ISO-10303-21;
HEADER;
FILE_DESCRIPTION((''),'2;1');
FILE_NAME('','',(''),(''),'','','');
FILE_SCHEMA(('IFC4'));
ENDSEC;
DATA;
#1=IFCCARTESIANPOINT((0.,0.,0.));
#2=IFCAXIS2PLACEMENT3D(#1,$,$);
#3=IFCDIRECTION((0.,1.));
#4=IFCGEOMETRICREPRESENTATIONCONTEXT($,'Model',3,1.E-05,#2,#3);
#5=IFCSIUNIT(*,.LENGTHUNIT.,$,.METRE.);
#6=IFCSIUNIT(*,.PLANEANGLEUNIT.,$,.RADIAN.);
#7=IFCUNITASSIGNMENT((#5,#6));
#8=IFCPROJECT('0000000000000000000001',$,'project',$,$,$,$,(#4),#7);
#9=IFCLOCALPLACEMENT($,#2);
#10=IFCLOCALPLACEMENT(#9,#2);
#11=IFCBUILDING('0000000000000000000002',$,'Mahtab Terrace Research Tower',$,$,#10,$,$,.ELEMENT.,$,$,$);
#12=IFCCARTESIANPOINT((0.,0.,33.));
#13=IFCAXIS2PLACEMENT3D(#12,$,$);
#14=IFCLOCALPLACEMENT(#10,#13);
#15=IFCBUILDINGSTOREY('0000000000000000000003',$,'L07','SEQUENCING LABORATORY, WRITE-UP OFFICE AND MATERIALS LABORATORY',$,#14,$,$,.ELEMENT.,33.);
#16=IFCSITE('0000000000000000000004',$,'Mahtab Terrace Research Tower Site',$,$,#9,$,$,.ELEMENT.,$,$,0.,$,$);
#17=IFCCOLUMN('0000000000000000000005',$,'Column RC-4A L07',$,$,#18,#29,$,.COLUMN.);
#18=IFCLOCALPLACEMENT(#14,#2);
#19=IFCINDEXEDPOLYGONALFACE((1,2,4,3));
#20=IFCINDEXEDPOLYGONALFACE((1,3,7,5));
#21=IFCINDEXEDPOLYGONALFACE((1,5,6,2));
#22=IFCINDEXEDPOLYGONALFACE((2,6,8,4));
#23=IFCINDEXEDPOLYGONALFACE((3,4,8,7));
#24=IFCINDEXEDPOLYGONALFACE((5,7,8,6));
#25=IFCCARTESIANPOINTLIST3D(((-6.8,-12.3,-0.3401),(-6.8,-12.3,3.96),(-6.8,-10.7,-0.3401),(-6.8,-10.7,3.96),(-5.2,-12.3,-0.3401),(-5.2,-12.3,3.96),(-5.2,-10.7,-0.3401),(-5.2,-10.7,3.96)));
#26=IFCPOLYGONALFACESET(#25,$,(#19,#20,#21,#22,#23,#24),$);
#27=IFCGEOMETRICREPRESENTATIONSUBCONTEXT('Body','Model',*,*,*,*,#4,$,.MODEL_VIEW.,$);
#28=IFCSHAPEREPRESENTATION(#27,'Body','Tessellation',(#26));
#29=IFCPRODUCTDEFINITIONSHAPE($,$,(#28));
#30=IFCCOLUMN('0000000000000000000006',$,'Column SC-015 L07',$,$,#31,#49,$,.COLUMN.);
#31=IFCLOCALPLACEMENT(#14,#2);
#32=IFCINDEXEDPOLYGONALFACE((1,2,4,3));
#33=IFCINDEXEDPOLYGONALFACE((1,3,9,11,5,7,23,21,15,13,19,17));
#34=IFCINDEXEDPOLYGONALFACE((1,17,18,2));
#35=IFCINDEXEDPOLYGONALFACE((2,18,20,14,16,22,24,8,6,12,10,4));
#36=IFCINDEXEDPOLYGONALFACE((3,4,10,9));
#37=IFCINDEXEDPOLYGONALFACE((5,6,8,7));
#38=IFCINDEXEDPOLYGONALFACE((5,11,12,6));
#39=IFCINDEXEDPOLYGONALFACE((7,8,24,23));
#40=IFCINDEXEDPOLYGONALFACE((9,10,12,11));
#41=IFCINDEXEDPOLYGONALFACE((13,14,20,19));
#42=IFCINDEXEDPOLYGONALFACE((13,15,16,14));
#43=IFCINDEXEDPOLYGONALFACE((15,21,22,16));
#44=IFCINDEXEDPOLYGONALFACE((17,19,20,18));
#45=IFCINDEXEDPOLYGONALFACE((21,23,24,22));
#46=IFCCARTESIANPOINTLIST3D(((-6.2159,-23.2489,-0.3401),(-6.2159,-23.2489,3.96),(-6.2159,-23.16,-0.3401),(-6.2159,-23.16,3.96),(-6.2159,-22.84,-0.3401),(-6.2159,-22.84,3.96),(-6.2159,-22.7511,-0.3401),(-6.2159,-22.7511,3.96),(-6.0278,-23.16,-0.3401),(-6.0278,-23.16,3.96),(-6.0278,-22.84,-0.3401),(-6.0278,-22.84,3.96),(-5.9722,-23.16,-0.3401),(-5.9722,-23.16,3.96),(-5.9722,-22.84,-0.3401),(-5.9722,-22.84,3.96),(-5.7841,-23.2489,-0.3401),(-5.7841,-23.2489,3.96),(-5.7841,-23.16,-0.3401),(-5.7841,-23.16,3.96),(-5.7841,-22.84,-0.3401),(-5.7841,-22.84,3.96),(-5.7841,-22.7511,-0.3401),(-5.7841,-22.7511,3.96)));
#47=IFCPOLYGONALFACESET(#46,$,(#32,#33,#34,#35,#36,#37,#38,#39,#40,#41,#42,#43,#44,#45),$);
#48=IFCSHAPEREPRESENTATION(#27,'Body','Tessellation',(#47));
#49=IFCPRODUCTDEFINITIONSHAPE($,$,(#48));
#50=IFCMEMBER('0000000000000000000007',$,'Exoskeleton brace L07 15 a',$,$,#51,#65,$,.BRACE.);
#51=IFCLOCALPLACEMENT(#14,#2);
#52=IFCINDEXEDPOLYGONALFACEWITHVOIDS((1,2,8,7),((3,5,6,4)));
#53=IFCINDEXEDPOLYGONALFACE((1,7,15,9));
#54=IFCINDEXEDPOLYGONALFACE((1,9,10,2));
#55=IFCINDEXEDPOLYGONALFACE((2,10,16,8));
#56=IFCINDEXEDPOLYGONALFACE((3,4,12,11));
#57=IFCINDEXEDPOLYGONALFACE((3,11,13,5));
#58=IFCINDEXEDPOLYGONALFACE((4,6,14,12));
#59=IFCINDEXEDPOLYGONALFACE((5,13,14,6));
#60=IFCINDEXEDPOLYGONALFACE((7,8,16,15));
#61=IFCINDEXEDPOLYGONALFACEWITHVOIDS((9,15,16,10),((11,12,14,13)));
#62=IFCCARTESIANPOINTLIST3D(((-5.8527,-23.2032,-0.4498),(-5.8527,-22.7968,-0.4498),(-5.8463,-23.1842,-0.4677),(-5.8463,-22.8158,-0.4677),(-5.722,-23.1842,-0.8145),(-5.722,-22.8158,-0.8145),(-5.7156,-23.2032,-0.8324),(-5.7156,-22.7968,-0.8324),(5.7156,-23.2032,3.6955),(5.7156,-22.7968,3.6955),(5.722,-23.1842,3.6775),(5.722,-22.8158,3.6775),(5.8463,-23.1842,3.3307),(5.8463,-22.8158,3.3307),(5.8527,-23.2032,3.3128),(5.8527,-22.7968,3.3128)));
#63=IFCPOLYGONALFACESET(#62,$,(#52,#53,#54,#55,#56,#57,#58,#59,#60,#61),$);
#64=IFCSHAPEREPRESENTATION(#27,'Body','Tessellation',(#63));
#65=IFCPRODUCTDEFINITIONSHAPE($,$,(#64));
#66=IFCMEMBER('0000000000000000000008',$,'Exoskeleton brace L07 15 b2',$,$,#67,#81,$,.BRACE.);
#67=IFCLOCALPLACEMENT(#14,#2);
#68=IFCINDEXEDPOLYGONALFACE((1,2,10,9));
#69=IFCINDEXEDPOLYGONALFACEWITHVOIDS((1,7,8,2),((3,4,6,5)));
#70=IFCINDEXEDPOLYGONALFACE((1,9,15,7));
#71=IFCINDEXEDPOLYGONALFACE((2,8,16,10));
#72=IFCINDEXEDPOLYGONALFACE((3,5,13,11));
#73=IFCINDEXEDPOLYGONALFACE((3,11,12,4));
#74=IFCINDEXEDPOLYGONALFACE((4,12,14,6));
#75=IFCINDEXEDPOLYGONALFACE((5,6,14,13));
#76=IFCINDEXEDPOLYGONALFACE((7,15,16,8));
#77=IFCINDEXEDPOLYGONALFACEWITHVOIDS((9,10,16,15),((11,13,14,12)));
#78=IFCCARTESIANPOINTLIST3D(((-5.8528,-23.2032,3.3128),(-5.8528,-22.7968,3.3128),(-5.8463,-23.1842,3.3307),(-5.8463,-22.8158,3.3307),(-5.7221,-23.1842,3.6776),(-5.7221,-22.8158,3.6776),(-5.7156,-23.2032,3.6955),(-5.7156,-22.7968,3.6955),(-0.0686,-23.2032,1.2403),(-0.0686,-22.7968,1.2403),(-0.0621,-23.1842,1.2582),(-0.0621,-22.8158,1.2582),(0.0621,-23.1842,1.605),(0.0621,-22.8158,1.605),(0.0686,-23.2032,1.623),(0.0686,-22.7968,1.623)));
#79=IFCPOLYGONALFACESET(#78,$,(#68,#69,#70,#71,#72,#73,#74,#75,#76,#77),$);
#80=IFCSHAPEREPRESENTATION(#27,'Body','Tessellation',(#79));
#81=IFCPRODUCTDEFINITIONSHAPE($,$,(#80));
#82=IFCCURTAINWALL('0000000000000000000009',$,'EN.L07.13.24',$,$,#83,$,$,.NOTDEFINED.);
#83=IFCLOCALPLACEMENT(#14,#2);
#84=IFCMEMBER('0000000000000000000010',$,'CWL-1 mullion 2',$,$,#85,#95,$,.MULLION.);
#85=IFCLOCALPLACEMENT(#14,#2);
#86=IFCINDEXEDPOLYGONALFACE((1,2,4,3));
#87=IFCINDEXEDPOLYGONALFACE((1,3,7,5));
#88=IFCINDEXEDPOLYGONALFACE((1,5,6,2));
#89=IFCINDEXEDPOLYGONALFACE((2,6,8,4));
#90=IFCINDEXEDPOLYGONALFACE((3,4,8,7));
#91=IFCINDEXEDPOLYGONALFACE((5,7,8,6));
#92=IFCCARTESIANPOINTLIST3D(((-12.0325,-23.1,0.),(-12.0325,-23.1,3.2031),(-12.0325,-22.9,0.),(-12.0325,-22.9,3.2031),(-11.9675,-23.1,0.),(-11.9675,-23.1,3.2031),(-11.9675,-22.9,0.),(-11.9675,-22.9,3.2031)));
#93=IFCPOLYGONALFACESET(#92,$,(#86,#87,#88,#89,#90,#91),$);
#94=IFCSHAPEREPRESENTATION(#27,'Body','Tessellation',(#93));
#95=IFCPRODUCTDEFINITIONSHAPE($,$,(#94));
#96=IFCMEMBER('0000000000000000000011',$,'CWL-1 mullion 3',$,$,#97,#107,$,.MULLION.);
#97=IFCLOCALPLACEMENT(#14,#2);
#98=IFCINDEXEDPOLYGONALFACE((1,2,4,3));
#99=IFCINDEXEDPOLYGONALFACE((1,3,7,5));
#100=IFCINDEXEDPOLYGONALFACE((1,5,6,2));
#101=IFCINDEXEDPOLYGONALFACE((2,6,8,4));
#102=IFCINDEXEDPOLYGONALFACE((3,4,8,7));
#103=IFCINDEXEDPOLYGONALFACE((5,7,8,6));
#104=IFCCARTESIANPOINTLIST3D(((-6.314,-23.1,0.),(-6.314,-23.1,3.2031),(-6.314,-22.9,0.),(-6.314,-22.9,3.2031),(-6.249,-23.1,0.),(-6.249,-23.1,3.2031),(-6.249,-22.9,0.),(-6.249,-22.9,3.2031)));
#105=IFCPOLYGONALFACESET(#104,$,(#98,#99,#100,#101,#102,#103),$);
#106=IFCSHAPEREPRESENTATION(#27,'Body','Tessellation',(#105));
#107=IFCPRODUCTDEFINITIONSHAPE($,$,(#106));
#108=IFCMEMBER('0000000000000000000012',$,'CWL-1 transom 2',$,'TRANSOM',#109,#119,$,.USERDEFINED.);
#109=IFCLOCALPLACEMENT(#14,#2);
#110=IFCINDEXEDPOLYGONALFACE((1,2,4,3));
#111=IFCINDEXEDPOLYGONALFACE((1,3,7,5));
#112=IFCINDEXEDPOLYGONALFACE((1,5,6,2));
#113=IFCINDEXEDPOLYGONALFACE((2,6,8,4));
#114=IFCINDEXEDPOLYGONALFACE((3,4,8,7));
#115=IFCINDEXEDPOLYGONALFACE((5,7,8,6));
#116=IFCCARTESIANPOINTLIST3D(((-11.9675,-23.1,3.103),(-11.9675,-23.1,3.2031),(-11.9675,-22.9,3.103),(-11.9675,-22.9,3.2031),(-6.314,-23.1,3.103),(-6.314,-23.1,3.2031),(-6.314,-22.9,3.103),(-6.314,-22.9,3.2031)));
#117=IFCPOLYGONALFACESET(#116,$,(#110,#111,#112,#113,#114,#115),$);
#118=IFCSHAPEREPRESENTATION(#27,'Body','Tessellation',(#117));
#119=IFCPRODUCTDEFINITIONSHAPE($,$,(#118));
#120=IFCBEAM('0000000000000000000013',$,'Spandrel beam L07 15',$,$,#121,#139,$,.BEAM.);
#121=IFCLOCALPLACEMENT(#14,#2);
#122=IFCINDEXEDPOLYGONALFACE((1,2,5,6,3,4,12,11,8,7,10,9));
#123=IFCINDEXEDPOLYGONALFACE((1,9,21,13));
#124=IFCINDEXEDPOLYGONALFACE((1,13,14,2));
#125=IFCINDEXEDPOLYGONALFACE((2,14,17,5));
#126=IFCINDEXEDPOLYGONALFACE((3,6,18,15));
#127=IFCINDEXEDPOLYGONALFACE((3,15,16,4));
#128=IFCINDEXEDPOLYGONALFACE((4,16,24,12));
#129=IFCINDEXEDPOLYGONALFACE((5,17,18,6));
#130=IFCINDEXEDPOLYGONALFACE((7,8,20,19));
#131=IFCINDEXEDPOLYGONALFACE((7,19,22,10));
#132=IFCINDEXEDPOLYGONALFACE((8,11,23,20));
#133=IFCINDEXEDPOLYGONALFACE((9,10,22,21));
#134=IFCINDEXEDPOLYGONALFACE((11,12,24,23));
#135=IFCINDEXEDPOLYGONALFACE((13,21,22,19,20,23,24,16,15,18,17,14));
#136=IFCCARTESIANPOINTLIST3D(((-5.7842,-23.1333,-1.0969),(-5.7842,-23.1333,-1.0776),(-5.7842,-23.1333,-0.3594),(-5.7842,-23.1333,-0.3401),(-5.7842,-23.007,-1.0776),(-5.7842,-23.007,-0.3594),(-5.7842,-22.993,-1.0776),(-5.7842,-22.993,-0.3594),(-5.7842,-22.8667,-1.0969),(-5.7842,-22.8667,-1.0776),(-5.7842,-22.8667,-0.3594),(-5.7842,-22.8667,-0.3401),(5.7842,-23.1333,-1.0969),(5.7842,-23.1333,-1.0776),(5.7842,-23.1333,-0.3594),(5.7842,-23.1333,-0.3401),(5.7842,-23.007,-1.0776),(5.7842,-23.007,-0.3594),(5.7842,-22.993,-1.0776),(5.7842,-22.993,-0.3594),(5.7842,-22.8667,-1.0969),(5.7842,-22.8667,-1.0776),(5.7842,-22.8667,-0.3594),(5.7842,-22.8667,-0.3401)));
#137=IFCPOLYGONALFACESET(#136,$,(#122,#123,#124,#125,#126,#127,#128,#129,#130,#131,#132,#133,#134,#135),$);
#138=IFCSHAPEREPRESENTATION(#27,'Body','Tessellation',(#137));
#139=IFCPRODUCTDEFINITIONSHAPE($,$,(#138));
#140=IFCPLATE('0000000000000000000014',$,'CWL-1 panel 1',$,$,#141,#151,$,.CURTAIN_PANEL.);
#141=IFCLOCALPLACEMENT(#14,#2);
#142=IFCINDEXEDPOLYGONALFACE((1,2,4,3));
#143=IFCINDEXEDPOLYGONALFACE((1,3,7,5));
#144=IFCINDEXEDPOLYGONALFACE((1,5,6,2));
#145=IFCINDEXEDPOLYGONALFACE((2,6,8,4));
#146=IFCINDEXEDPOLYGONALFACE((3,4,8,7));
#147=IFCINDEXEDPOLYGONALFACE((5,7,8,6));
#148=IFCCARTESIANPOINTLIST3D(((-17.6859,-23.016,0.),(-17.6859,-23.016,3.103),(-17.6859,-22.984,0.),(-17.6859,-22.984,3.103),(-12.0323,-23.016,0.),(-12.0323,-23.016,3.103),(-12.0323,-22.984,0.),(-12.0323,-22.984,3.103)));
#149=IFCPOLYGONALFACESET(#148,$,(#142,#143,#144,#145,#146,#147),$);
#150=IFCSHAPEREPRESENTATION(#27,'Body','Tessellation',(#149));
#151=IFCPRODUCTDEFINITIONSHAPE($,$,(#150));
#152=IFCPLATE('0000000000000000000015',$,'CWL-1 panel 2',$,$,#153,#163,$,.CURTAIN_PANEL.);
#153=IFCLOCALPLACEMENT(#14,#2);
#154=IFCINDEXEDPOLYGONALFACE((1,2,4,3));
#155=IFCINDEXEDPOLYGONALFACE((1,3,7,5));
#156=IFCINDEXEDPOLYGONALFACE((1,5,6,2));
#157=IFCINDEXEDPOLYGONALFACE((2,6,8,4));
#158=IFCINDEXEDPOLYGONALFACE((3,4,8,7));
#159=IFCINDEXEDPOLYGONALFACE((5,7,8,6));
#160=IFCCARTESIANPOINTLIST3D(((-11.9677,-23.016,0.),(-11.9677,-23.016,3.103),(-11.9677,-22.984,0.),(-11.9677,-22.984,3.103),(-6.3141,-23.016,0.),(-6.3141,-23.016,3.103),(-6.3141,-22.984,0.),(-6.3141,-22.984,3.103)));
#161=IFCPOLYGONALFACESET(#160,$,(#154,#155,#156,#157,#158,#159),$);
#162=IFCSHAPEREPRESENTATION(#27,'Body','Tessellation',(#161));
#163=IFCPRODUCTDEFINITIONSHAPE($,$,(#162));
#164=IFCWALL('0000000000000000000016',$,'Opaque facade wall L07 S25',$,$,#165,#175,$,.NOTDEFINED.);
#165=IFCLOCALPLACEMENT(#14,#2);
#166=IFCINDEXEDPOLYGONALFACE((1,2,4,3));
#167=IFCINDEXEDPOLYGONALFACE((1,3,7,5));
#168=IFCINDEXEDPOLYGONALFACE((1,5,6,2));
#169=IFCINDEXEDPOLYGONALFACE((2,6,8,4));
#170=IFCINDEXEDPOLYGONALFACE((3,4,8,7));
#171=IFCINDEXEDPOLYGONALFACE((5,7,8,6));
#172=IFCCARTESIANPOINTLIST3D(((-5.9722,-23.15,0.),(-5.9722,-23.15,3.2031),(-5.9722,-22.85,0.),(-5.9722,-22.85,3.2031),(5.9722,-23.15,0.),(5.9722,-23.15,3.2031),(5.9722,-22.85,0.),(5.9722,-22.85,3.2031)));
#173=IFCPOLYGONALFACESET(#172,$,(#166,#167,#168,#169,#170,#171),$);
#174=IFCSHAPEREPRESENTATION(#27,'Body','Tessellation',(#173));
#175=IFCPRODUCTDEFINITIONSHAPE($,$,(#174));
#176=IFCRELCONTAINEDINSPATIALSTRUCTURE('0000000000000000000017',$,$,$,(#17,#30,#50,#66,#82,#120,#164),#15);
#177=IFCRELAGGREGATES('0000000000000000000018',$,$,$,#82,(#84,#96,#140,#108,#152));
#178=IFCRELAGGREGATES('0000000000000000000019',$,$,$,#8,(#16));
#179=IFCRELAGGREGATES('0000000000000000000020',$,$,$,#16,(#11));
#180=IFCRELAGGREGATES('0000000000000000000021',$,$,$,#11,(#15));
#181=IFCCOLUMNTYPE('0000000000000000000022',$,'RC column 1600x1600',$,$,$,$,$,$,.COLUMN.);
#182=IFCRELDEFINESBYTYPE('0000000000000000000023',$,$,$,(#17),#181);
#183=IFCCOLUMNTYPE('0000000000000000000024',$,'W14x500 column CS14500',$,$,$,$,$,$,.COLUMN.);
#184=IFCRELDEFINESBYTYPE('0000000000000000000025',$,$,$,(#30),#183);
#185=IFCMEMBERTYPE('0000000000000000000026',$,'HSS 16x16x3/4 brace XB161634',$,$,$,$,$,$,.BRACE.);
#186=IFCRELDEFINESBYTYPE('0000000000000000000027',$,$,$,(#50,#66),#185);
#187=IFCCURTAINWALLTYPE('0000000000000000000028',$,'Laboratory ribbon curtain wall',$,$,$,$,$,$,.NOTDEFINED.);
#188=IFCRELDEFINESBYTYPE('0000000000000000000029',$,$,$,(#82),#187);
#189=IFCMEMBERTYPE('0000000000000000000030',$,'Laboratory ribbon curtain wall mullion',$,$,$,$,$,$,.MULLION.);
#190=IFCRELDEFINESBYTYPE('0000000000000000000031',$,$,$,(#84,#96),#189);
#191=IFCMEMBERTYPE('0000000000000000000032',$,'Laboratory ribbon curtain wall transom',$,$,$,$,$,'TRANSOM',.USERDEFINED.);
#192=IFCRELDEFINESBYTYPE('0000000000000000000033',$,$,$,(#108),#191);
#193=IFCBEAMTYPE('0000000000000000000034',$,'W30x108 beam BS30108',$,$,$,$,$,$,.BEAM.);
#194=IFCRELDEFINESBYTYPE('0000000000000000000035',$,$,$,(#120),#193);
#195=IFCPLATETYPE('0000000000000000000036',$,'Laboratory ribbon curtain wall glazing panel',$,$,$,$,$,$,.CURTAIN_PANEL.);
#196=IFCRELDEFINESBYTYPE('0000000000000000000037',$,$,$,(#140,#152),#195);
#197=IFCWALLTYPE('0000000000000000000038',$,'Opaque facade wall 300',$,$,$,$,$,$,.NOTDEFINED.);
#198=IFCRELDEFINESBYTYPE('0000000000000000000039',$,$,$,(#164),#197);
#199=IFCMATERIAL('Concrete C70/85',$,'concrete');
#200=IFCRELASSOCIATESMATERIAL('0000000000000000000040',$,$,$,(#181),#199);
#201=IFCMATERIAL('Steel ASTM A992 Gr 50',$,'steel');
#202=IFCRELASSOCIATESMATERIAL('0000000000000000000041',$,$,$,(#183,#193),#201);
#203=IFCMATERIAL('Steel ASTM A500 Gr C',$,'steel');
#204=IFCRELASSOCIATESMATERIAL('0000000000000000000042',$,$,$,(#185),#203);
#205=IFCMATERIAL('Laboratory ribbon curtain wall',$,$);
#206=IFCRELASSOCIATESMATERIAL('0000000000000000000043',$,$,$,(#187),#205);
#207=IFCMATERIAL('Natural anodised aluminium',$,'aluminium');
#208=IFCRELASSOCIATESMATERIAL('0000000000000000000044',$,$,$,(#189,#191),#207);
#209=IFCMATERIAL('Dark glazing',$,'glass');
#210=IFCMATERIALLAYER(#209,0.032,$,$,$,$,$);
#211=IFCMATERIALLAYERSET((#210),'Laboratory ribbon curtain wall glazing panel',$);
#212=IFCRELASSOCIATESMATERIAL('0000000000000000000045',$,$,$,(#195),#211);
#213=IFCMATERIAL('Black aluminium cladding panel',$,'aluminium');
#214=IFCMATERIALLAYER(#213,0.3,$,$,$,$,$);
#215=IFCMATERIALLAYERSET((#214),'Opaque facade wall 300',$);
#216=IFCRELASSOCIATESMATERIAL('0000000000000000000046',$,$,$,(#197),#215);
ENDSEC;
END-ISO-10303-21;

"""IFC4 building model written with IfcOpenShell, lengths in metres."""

from ifc_helpers import new_model, si_unit, direction, frame, frame_2d, origin, origin_2d, place, context, subcontext, project, spatial, rectangle, hollow_rectangle, i_section, extrude, material, layer, layer_set, material_profile, profile_set, type_object, element, aggregate, save


model = new_model("IFC4")

# Units and contexts
model_context = context("Model", 3, precision=1e-05, world=origin(), true_north=direction((0.0, 1.0)))
body_context = subcontext(model_context, "Body", "Model", "MODEL_VIEW")
ifc_project = project(units=[si_unit("LENGTHUNIT", "METRE"), si_unit("PLANEANGLEUNIT", "RADIAN")], contexts=[model_context])

# Site, building, storey
site_placement = place(None, origin())
site = spatial("IfcSite", under=ifc_project, at=site_placement, Name="Mahtab Terrace Research Tower Site", CompositionType="ELEMENT", RefElevation=0.0)
building_placement = place(site_placement, origin())
building = spatial("IfcBuilding", under=site, at=building_placement, Name="Mahtab Terrace Research Tower", CompositionType="ELEMENT")
storey_placement = place(building_placement, frame((0.0, 0.0, 33.0)))
storey = spatial("IfcBuildingStorey", under=building, at=storey_placement, Name="L07", Description="SEQUENCING LABORATORY, WRITE-UP OFFICE AND MATERIALS LABORATORY", CompositionType="ELEMENT", Elevation=33.0)

# Columns
ifc_material_1 = material(Name="Concrete C70/85", Category="concrete")
ifc_material_profile_1 = material_profile(ifc_material_1, rectangle(XDim=1.6001, YDim=1.6001, at=origin_2d()), Name="RC column 1600x1600")
ifc_profile_set_1 = profile_set([ifc_material_profile_1], Name="Concrete C70/85")
column_type_1 = type_object("IfcColumnType", Name="RC column 1600x1600", PredefinedType="COLUMN", material=ifc_profile_set_1)
column_1_placement = place(storey_placement, frame((-6.0, -11.5, -0.3401), z_axis=(0.0, 0.0, 1.0), x_axis=(1.0, 0.0, 0.0)))
element("IfcColumn", 1, at=column_1_placement, inside=storey, type_object=column_type_1, Name="Column RC-4A L07", PredefinedType="COLUMN", context=body_context, shape_type="SweptSolid", body=[
    extrude(rectangle(XDim=1.6001, YDim=1.6001, at=origin_2d()), origin(), (0.0, 0.0, 1.0), 4.3),
])
ifc_material_2 = material(Name="Steel ASTM A992 Gr 50", Category="steel")
ifc_material_profile_2 = material_profile(ifc_material_2, i_section(OverallWidth=0.4319, OverallDepth=0.4978, WebThickness=0.0557, FlangeThickness=0.0889, at=origin_2d()), Name="W14X500")
ifc_profile_set_2 = profile_set([ifc_material_profile_2], Name="Steel ASTM A992 Gr 50")
column_type_2 = type_object("IfcColumnType", Name="W14x500 column CS14500", PredefinedType="COLUMN", material=ifc_profile_set_2)
column_2_placement = place(storey_placement, frame((-6.0, -23.0, -0.3401), z_axis=(0.0, 0.0, 1.0), x_axis=(1.0, 0.0, 0.0)))
element("IfcColumn", 2, at=column_2_placement, inside=storey, type_object=column_type_2, Name="Column SC-015 L07", PredefinedType="COLUMN", context=body_context, shape_type="SweptSolid", body=[
    extrude(i_section(OverallWidth=0.4319, OverallDepth=0.4978, WebThickness=0.0557, FlangeThickness=0.0889, at=origin_2d()), origin(), (0.0, 0.0, 1.0), 4.3),
])

# Members
ifc_material_3 = material(Name="Steel ASTM A500 Gr C", Category="steel")
ifc_material_profile_3 = material_profile(ifc_material_3, hollow_rectangle(XDim=0.4065, YDim=0.4065, WallThickness=0.019, at=origin_2d()), Name="HSS16X16X3/4")
ifc_profile_set_3 = profile_set([ifc_material_profile_3], Name="Steel ASTM A500 Gr C")
member_type_1 = type_object("IfcMemberType", Name="HSS 16x16x3/4 brace XB161634", PredefinedType="BRACE", material=ifc_profile_set_3)
member_1_placement = place(storey_placement, frame((-5.7842, -23.0, -0.6411), z_axis=(0.941388, 0.0, 0.337325), x_axis=(0.0, 1.0, 0.0)))
element("IfcMember", 3, at=member_1_placement, inside=storey, type_object=member_type_1, Name="Exoskeleton brace L07 15 a", PredefinedType="BRACE", context=body_context, shape_type="SweptSolid", body=[
    extrude(hollow_rectangle(XDim=0.4065, YDim=0.4065, WallThickness=0.019, at=origin_2d()), origin(), (0.0, 0.0, 1.0), 12.2886),
])
member_2_placement = place(storey_placement, frame((0.0, -23.0, 1.4316), z_axis=(-0.941394, 0.0, 0.337308), x_axis=(0.0, -1.0, 0.0)))
element("IfcMember", 4, at=member_2_placement, inside=storey, type_object=member_type_1, Name="Exoskeleton brace L07 15 b2", PredefinedType="BRACE", context=body_context, shape_type="SweptSolid", body=[
    extrude(hollow_rectangle(XDim=0.4065, YDim=0.4065, WallThickness=0.019, at=origin_2d()), origin(), (0.0, 0.0, 1.0), 6.1443),
])

# Curtain wall, members
ifc_material_4 = material(Name="Laboratory ribbon curtain wall")
curtain_wall_type = type_object("IfcCurtainWallType", Name="Laboratory ribbon curtain wall", PredefinedType="NOTDEFINED", material=ifc_material_4)
curtain_wall_placement = place(storey_placement, origin())
curtain_wall = element("IfcCurtainWall", 5, at=curtain_wall_placement, inside=storey, type_object=curtain_wall_type, Name="EN.L07.13.24", PredefinedType="NOTDEFINED")
ifc_material_5 = material(Name="Natural anodised aluminium", Category="aluminium")
ifc_material_profile_4 = material_profile(ifc_material_5, rectangle(XDim=0.2, YDim=0.0649, at=origin_2d()), Name="MULLION 65x200")
ifc_profile_set_4 = profile_set([ifc_material_profile_4], Name="Natural anodised aluminium")
member_type_2 = type_object("IfcMemberType", Name="Laboratory ribbon curtain wall mullion", PredefinedType="MULLION", material=ifc_profile_set_4)
member_3_placement = place(storey_placement, frame((-12.0, -23.0, 0.0), z_axis=(0.0, 0.0, 1.0), x_axis=(0.0, 1.0, 0.0)))
member_3 = element("IfcMember", 6, at=member_3_placement, type_object=member_type_2, Name="CWL-1 mullion 2", PredefinedType="MULLION", context=body_context, shape_type="SweptSolid", body=[
    extrude(rectangle(XDim=0.2, YDim=0.0649, at=origin_2d()), origin(), (0.0, 0.0, 1.0), 3.2031),
])
member_4_placement = place(storey_placement, frame((-6.2815, -23.0, 0.0), z_axis=(0.0, 0.0, 1.0), x_axis=(0.0, 1.0, 0.0)))
member_4 = element("IfcMember", 7, at=member_4_placement, type_object=member_type_2, Name="CWL-1 mullion 3", PredefinedType="MULLION", context=body_context, shape_type="SweptSolid", body=[
    extrude(rectangle(XDim=0.2, YDim=0.0649, at=origin_2d()), origin(), (0.0, 0.0, 1.0), 3.2031),
])
ifc_material_profile_5 = material_profile(ifc_material_5, rectangle(XDim=0.2, YDim=0.1001, at=origin_2d()), Name="TRANSOM 100x200")
ifc_profile_set_5 = profile_set([ifc_material_profile_5], Name="Natural anodised aluminium")
member_type_3 = type_object("IfcMemberType", Name="Laboratory ribbon curtain wall transom", ElementType="TRANSOM", PredefinedType="USERDEFINED", material=ifc_profile_set_5)
member_5_placement = place(storey_placement, frame((-11.9675, -23.0, 3.1531), z_axis=(1.0, 0.0, 0.0), x_axis=(0.0, 1.0, 0.0)))
member_5 = element("IfcMember", 8, at=member_5_placement, type_object=member_type_3, Name="CWL-1 transom 2", ObjectType="TRANSOM", PredefinedType="USERDEFINED", context=body_context, shape_type="SweptSolid", body=[
    extrude(rectangle(XDim=0.2, YDim=0.1001, at=origin_2d()), origin(), (0.0, 0.0, 1.0), 5.6536),
])

# Beam
ifc_material_profile_6 = material_profile(ifc_material_2, i_section(OverallWidth=0.2666, OverallDepth=0.7568, WebThickness=0.0139, FlangeThickness=0.0193, at=origin_2d()), Name="W30X108")
ifc_profile_set_6 = profile_set([ifc_material_profile_6], Name="Steel ASTM A992 Gr 50")
beam_type = type_object("IfcBeamType", Name="W30x108 beam BS30108", PredefinedType="BEAM", material=ifc_profile_set_6)
beam_placement = place(storey_placement, frame((-5.7842, -23.0, -0.7185), z_axis=(1.0, 0.0, 0.0), x_axis=(0.0, 1.0, 0.0)))
element("IfcBeam", 9, at=beam_placement, inside=storey, type_object=beam_type, Name="Spandrel beam L07 15", PredefinedType="BEAM", context=body_context, shape_type="SweptSolid", body=[
    extrude(i_section(OverallWidth=0.2666, OverallDepth=0.7568, WebThickness=0.0139, FlangeThickness=0.0193, at=origin_2d()), origin(), (0.0, 0.0, 1.0), 11.5684),
])

# Plates
ifc_material_6 = material(Name="Dark glazing", Category="glass")
ifc_layer_1 = layer(ifc_material_6, 0.032)
ifc_layer_set_1 = layer_set([ifc_layer_1], Name="Laboratory ribbon curtain wall glazing panel")
plate_type = type_object("IfcPlateType", Name="Laboratory ribbon curtain wall glazing panel", PredefinedType="CURTAIN_PANEL", material=ifc_layer_set_1)
plate_1_placement = place(storey_placement, frame((-14.8591, -23.0, 0.0), z_axis=(0.0, 0.0, 1.0), x_axis=(1.0, 0.0, 0.0)))
plate_1 = element("IfcPlate", 10, at=plate_1_placement, type_object=plate_type, Name="CWL-1 panel 1", PredefinedType="CURTAIN_PANEL", context=body_context, shape_type="SweptSolid", body=[
    extrude(rectangle(XDim=5.6536, YDim=0.032, at=origin_2d()), origin(), (0.0, 0.0, 1.0), 3.103),
])
plate_2_placement = place(storey_placement, frame((-9.1409, -23.0, 0.0), z_axis=(0.0, 0.0, 1.0), x_axis=(1.0, 0.0, 0.0)))
plate_2 = element("IfcPlate", 11, at=plate_2_placement, type_object=plate_type, Name="CWL-1 panel 2", PredefinedType="CURTAIN_PANEL", context=body_context, shape_type="SweptSolid", body=[
    extrude(rectangle(XDim=5.6536, YDim=0.032, at=origin_2d()), origin(), (0.0, 0.0, 1.0), 3.103),
])
aggregate(curtain_wall, [member_3, member_4, plate_1, member_5, plate_2])

# Wall
ifc_material_7 = material(Name="Black aluminium cladding panel", Category="aluminium")
ifc_layer_2 = layer(ifc_material_7, 0.3)
ifc_layer_set_2 = layer_set([ifc_layer_2], Name="Opaque facade wall 300")
wall_type_1 = type_object("IfcWallType", Name="Opaque facade wall 300", PredefinedType="NOTDEFINED", material=ifc_layer_set_2)
wall_1_placement = place(storey_placement, frame((-5.9722, -23.0, 0.0), z_axis=(0.0, 0.0, 1.0), x_axis=(1.0, 0.0, 0.0)))
element("IfcWall", 12, at=wall_1_placement, inside=storey, type_object=wall_type_1, Name="Opaque facade wall L07 S25", PredefinedType="NOTDEFINED", context=body_context, shape_type="SweptSolid", body=[
    extrude(rectangle(XDim=11.9443, YDim=0.3, at=frame_2d((5.9722, 0.0))), origin(), (0.0, 0.0, 1.0), 3.2031),
])

save(model, "model.ifc")
